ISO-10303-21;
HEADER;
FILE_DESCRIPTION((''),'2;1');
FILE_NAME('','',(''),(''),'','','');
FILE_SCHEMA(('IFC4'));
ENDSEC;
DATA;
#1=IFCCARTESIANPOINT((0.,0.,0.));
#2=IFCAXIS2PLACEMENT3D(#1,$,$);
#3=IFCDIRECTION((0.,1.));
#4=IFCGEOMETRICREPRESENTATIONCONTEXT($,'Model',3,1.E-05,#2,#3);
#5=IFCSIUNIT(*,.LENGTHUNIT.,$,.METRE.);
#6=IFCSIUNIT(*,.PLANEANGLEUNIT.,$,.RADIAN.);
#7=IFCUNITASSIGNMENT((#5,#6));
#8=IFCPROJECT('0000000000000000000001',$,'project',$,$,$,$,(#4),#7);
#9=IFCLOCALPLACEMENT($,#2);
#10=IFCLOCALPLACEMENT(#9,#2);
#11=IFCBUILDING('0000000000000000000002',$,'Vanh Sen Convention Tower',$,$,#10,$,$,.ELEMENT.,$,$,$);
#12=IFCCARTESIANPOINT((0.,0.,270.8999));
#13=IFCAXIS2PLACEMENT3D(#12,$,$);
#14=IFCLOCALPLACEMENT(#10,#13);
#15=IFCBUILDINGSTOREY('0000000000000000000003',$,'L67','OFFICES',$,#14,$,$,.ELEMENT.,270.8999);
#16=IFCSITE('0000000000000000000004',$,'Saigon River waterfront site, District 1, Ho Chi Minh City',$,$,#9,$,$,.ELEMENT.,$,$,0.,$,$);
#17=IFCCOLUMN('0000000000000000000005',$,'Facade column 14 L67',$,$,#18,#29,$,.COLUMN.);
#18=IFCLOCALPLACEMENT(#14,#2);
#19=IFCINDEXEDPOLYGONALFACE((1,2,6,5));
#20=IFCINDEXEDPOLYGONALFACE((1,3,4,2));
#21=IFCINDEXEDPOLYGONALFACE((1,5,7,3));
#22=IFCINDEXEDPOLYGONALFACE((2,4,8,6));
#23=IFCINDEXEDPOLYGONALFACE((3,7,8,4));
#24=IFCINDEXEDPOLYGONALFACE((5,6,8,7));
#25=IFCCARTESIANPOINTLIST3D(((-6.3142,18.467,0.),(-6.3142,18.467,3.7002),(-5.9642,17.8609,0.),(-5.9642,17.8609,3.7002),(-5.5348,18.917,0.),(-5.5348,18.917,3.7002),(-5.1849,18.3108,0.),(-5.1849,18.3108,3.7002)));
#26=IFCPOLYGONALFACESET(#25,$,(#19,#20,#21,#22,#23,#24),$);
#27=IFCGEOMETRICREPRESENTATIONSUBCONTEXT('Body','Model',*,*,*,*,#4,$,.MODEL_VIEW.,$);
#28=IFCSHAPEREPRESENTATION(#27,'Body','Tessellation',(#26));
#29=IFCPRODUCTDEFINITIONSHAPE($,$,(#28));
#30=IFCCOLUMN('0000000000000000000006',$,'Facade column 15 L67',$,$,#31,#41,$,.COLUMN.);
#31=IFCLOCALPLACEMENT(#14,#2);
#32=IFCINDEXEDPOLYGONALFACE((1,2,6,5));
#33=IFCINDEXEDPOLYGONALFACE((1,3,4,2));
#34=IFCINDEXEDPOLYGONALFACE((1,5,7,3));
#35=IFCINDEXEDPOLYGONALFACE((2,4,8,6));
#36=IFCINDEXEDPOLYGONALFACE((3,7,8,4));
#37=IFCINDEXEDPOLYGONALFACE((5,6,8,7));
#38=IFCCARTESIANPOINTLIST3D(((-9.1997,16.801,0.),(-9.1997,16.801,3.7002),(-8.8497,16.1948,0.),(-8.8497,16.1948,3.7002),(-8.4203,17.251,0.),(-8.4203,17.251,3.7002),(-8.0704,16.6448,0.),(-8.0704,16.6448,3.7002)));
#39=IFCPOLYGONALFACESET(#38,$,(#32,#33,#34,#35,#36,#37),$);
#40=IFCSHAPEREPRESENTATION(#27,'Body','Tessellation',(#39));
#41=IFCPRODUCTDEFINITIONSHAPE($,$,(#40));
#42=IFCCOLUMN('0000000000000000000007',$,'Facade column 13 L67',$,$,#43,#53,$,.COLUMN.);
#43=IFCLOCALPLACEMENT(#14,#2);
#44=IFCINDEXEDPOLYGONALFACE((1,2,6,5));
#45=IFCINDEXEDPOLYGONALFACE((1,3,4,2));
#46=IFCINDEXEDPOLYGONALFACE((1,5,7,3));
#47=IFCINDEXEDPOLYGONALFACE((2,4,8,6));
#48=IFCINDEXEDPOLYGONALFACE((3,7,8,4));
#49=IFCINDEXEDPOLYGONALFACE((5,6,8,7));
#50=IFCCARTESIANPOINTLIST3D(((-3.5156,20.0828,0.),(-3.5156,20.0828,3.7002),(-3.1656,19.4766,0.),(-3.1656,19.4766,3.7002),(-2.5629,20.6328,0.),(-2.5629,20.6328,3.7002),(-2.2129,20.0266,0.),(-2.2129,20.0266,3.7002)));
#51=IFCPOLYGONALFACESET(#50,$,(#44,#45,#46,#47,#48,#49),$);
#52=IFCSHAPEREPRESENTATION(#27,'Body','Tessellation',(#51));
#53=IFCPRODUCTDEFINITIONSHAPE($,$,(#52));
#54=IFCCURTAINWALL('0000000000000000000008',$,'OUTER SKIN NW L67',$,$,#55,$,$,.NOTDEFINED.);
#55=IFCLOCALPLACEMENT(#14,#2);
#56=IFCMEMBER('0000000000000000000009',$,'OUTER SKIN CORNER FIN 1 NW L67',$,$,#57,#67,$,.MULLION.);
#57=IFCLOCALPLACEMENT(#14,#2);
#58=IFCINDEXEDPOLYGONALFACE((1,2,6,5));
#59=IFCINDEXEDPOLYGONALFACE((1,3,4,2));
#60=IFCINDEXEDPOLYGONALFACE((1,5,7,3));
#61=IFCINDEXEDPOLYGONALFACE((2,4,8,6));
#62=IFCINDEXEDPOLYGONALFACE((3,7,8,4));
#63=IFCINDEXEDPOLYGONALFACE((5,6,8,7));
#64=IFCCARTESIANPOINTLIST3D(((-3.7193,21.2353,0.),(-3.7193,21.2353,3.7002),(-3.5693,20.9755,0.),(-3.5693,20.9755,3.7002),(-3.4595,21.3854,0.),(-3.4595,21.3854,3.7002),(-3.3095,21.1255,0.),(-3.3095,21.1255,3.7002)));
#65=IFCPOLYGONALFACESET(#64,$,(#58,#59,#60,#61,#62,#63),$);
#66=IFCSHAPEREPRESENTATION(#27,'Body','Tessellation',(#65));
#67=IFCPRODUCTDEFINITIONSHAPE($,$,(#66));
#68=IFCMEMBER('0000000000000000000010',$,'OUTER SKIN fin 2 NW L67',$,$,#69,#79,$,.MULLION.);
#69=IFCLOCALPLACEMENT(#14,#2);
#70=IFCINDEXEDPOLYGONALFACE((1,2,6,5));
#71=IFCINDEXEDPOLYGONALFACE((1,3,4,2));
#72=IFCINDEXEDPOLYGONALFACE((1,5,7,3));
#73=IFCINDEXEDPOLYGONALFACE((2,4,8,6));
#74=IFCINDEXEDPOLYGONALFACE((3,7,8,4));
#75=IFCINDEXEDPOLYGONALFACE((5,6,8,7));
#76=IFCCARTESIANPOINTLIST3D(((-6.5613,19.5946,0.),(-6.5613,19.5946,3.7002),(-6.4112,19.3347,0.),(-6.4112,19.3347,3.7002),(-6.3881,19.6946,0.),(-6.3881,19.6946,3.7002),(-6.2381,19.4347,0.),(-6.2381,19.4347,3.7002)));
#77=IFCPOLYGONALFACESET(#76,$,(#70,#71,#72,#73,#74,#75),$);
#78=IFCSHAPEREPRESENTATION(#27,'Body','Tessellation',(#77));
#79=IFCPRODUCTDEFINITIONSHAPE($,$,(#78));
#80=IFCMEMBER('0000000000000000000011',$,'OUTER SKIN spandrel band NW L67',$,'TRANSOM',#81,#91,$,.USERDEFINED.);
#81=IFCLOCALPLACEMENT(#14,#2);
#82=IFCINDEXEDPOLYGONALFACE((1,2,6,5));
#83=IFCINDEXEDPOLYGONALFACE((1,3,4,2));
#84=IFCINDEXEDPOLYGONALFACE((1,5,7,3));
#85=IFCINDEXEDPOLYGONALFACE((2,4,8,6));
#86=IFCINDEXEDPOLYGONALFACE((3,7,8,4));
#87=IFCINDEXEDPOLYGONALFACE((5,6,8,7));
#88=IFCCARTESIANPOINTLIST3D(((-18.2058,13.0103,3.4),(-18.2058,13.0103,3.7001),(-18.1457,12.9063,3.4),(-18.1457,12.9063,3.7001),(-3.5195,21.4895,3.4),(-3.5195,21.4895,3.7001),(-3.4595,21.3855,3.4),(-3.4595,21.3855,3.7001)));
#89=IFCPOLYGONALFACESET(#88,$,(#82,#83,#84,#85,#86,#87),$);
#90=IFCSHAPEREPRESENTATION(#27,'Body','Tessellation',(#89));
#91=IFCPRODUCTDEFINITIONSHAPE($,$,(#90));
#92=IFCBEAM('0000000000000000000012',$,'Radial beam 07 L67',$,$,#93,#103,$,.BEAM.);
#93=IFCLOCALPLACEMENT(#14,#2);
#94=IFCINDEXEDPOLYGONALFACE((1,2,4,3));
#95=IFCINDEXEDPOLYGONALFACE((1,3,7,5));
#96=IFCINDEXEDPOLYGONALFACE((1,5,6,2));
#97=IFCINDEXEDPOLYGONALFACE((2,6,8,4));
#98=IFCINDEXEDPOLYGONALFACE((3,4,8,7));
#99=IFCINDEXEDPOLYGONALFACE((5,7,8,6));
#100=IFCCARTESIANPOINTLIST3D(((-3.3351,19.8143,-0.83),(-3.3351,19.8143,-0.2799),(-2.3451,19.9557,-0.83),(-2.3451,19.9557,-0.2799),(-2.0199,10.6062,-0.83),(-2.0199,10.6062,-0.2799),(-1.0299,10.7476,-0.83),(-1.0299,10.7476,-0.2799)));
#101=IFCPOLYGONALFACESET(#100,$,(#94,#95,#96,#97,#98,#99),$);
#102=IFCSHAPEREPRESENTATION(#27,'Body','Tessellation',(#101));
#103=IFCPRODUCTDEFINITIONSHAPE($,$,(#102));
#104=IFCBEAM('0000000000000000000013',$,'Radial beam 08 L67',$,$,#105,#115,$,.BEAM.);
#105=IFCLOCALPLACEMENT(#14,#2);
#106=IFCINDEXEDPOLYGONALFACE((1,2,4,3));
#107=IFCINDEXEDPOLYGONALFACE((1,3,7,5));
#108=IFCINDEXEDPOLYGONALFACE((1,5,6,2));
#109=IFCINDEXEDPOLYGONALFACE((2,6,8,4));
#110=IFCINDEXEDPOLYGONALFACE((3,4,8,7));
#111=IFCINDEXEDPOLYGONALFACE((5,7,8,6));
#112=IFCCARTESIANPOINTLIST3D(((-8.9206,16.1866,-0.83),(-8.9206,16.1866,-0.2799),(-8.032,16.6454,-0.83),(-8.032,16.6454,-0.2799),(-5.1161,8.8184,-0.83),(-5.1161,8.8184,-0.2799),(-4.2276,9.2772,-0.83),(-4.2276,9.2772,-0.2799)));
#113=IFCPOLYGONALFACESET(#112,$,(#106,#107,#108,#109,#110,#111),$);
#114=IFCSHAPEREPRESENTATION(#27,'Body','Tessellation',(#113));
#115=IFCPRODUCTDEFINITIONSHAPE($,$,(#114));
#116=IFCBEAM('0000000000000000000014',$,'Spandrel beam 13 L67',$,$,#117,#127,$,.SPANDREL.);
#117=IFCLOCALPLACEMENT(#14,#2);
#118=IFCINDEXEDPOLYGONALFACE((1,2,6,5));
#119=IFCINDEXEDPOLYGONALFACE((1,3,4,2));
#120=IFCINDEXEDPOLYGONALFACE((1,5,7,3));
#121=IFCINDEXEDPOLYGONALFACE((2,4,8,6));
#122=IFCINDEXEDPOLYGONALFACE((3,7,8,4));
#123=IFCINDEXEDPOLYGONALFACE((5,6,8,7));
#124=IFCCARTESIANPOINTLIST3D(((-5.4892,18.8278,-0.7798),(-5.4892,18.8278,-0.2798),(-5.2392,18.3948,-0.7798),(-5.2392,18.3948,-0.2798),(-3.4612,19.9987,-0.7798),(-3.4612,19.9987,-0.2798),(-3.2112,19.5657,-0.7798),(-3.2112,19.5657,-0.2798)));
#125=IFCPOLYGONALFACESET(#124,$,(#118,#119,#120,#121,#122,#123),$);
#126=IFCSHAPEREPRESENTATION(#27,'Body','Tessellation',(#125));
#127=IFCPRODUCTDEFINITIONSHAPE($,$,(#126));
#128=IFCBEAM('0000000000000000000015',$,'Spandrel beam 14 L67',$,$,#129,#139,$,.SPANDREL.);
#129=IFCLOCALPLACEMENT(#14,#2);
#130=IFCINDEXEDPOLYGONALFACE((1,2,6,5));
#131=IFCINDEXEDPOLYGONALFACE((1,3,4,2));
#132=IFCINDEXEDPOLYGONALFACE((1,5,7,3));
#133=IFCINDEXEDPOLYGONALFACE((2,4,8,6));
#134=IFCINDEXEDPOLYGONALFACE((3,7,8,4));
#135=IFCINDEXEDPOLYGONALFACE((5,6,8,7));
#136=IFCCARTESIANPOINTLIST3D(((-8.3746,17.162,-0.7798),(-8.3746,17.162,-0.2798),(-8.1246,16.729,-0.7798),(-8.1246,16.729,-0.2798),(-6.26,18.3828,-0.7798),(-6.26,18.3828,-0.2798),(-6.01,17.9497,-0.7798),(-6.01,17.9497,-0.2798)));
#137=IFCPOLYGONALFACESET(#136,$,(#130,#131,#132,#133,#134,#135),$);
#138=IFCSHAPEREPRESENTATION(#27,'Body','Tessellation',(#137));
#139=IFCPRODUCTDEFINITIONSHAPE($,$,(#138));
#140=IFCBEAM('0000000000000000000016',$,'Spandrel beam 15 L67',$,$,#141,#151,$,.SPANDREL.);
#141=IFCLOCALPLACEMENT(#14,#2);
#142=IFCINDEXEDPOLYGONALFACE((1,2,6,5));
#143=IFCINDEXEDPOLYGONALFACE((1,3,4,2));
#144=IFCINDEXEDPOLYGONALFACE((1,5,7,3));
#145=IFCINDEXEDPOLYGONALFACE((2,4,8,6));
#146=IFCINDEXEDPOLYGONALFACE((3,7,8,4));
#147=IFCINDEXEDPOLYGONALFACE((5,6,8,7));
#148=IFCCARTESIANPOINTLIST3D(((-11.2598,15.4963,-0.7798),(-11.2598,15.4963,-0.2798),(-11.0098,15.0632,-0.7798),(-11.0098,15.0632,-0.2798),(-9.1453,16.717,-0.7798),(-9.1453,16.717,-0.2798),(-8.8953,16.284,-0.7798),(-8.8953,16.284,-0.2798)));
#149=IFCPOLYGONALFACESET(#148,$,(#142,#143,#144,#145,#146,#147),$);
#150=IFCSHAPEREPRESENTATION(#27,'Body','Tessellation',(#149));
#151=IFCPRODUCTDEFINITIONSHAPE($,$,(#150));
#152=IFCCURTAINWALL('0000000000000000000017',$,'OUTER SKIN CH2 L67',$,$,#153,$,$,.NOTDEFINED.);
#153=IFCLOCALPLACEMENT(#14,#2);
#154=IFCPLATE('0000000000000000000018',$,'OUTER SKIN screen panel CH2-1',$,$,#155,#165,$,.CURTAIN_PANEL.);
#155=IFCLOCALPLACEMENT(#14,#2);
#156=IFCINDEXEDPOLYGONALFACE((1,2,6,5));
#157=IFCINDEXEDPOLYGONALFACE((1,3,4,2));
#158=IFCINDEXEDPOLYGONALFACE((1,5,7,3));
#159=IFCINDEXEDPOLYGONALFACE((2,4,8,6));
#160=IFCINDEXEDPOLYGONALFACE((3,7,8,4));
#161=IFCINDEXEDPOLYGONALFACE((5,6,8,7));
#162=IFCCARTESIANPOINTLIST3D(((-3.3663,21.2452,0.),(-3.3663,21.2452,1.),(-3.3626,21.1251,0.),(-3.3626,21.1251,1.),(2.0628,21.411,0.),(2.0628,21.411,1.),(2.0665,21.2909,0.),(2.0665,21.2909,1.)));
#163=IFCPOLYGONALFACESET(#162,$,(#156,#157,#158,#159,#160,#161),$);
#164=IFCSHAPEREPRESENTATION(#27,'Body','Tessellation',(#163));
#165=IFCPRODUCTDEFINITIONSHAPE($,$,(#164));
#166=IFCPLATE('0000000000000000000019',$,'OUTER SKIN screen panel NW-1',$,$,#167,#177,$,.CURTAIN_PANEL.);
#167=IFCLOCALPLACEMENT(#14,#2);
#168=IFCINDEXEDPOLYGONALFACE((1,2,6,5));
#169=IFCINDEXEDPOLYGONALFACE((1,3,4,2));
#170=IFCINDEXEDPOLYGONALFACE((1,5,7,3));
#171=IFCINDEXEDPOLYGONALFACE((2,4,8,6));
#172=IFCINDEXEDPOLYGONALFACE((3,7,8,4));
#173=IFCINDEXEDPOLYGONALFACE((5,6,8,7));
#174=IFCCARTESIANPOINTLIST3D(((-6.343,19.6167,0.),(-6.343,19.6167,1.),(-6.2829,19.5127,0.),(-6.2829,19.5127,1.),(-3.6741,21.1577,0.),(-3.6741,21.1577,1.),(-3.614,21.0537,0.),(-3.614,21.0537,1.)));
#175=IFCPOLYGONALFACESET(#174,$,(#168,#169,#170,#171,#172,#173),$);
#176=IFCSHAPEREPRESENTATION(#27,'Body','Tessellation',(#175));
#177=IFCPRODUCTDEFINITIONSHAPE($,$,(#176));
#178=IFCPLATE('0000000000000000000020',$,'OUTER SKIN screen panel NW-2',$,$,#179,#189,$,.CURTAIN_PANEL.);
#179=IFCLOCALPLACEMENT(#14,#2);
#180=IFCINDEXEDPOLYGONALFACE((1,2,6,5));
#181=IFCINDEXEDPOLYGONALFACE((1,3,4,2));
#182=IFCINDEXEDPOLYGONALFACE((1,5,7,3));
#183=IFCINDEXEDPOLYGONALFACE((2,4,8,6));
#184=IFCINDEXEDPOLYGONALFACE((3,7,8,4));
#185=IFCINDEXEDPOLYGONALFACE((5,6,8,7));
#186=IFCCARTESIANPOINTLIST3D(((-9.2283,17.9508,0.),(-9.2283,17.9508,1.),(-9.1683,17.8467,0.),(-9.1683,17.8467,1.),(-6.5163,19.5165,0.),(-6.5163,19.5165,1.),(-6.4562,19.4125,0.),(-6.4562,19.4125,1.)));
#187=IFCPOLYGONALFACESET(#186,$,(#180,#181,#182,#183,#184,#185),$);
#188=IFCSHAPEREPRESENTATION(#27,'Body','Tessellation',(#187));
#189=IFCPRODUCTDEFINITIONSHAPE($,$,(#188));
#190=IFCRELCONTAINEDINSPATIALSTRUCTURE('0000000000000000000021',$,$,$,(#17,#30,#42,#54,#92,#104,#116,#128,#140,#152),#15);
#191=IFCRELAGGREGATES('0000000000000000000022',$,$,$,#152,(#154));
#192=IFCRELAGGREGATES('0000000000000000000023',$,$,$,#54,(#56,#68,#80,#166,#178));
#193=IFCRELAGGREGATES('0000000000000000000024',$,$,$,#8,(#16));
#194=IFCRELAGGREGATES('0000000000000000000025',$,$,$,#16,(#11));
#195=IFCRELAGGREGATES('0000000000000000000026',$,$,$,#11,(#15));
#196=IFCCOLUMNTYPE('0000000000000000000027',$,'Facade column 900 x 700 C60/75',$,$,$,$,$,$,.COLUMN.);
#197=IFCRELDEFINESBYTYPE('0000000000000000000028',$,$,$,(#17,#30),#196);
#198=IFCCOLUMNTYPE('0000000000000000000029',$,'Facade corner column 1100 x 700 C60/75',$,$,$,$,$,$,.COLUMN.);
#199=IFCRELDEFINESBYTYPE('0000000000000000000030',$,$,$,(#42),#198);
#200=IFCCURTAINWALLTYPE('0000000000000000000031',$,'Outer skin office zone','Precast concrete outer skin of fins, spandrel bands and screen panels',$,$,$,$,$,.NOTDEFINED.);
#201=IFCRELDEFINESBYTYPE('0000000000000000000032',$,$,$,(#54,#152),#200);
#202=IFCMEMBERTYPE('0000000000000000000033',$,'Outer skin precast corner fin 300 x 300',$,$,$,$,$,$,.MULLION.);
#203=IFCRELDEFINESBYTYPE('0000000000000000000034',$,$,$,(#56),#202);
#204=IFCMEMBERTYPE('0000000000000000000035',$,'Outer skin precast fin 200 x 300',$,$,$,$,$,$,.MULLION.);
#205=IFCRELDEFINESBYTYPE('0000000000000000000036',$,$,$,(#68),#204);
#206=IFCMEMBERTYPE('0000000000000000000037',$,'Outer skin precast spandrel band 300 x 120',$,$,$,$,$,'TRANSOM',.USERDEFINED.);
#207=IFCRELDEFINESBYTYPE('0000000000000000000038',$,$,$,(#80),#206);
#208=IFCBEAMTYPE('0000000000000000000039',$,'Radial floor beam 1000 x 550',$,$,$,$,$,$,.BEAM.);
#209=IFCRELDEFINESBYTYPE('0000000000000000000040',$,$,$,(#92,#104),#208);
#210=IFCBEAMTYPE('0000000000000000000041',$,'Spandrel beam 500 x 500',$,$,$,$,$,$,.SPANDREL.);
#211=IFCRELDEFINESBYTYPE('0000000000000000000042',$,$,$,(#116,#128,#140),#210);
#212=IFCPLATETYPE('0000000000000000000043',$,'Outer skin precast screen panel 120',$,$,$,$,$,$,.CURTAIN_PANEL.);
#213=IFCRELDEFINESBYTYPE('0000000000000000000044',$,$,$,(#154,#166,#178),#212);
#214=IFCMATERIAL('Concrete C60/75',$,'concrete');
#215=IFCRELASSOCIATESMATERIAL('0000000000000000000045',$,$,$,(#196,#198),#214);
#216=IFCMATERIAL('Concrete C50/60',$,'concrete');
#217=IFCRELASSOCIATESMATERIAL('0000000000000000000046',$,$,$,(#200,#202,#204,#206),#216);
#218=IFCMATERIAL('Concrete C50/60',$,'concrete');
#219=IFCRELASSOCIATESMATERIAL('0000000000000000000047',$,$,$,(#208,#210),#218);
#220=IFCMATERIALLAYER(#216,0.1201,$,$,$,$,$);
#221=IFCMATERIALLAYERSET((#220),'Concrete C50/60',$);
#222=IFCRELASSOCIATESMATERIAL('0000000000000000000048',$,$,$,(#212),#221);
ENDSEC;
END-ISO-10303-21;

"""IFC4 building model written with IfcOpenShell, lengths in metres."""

from ifc_helpers import new_model, si_unit, direction, frame, origin, origin_2d, place, context, subcontext, project, spatial, rectangle, extrude, material, layer, layer_set, material_profile, profile_set, type_object, element, aggregate, save


model = new_model("IFC4")

# Units and contexts
model_context = context("Model", 3, precision=1e-05, world=origin(), true_north=direction((0.0, 1.0)))
body_context = subcontext(model_context, "Body", "Model", "MODEL_VIEW")
ifc_project = project(units=[si_unit("LENGTHUNIT", "METRE"), si_unit("PLANEANGLEUNIT", "RADIAN")], contexts=[model_context])

# Site, building, storey
site_placement = place(None, origin())
site = spatial("IfcSite", under=ifc_project, at=site_placement, Name="Saigon River waterfront site, District 1, Ho Chi Minh City", CompositionType="ELEMENT", RefElevation=0.0)
building_placement = place(site_placement, origin())
building = spatial("IfcBuilding", under=site, at=building_placement, Name="Vanh Sen Convention Tower", CompositionType="ELEMENT")
storey_placement = place(building_placement, frame((0.0, 0.0, 270.8999)))
storey = spatial("IfcBuildingStorey", under=building, at=storey_placement, Name="L67", Description="OFFICES", CompositionType="ELEMENT", Elevation=270.8999)

# Columns
ifc_material_1 = material(Name="Concrete C60/75", Category="concrete")
ifc_material_profile_1 = material_profile(ifc_material_1, rectangle(XDim=0.8999, YDim=0.7, at=origin_2d()), Name="RC 900X700")
ifc_profile_set_1 = profile_set([ifc_material_profile_1], Name="Concrete C60/75")
column_type_1 = type_object("IfcColumnType", Name="Facade column 900 x 700 C60/75", PredefinedType="COLUMN", material=ifc_profile_set_1)
for number, where, z_axis, x_axis, name in (
    (1, (-5.7495, 18.3889, 0.0), (0.0, 0.0, 1.0), (-0.866025, -0.5, 0.0), "Facade column 14 L67"),
    (2, (-8.635, 16.7229, 0.0), (0.0, 0.0, 1.0), (-0.866025, -0.5, 0.0), "Facade column 15 L67"),
):
    element("IfcColumn", number, at=place(storey_placement, frame(where, z_axis=z_axis, x_axis=x_axis)), inside=storey, type_object=column_type_1, Name=name, PredefinedType="COLUMN", context=body_context, shape_type="SweptSolid", body=[
        extrude(rectangle(XDim=0.8999, YDim=0.7, at=origin_2d()), origin(), (0.0, 0.0, 1.0), 3.7002),
    ])
ifc_material_profile_2 = material_profile(ifc_material_1, rectangle(XDim=1.1001, YDim=0.7, at=origin_2d()), Name="RC 1100X700")
ifc_profile_set_2 = profile_set([ifc_material_profile_2], Name="Concrete C60/75")
column_type_2 = type_object("IfcColumnType", Name="Facade corner column 1100 x 700 C60/75", PredefinedType="COLUMN", material=ifc_profile_set_2)
column_placement = place(storey_placement, frame((-2.8643, 20.0547, 0.0), z_axis=(0.0, 0.0, 1.0), x_axis=(-0.866025, -0.5, 0.0)))
element("IfcColumn", 3, at=column_placement, inside=storey, type_object=column_type_2, Name="Facade column 13 L67", PredefinedType="COLUMN", context=body_context, shape_type="SweptSolid", body=[
    extrude(rectangle(XDim=1.1001, YDim=0.7, at=origin_2d()), origin(), (0.0, 0.0, 1.0), 3.7002),
])

# Curtain wall, members
ifc_material_2 = material(Name="Concrete C50/60", Category="concrete")
curtain_wall_type = type_object("IfcCurtainWallType", Name="Outer skin office zone", Description="Precast concrete outer skin of fins, spandrel bands and screen panels", PredefinedType="NOTDEFINED", material=ifc_material_2)
curtain_wall_1_placement = place(storey_placement, origin())
curtain_wall_1 = element("IfcCurtainWall", 4, at=curtain_wall_1_placement, inside=storey, type_object=curtain_wall_type, Name="OUTER SKIN NW L67", PredefinedType="NOTDEFINED")
ifc_material_profile_3 = material_profile(ifc_material_2, rectangle(XDim=0.3, YDim=0.3, at=origin_2d()), Name="Outer skin precast corner fin 300 x 300")
ifc_profile_set_3 = profile_set([ifc_material_profile_3], Name="Concrete C50/60")
member_type_1 = type_object("IfcMemberType", Name="Outer skin precast corner fin 300 x 300", PredefinedType="MULLION", material=ifc_profile_set_3)
member_1_placement = place(storey_placement, frame((-3.5144, 21.1804, 0.0), z_axis=(0.0, 0.0, 1.0), x_axis=(-0.866025, -0.5, 0.0)))
member_1 = element("IfcMember", 5, at=member_1_placement, type_object=member_type_1, Name="OUTER SKIN CORNER FIN 1 NW L67", PredefinedType="MULLION", context=body_context, shape_type="SweptSolid", body=[
    extrude(rectangle(XDim=0.3, YDim=0.3, at=origin_2d()), origin(), (0.0, 0.0, 1.0), 3.7002),
])
ifc_material_profile_4 = material_profile(ifc_material_2, rectangle(XDim=0.2, YDim=0.3, at=origin_2d()), Name="Outer skin precast fin 200 x 300")
ifc_profile_set_4 = profile_set([ifc_material_profile_4], Name="Concrete C50/60")
member_type_2 = type_object("IfcMemberType", Name="Outer skin precast fin 200 x 300", PredefinedType="MULLION", material=ifc_profile_set_4)
member_2_placement = place(storey_placement, frame((-6.3997, 19.5146, 0.0), z_axis=(0.0, 0.0, 1.0), x_axis=(-0.866025, -0.5, 0.0)))
member_2 = element("IfcMember", 6, at=member_2_placement, type_object=member_type_2, Name="OUTER SKIN fin 2 NW L67", PredefinedType="MULLION", context=body_context, shape_type="SweptSolid", body=[
    extrude(rectangle(XDim=0.2, YDim=0.3, at=origin_2d()), origin(), (0.0, 0.0, 1.0), 3.7002),
])
ifc_material_profile_5 = material_profile(ifc_material_2, rectangle(XDim=0.1201, YDim=0.3, at=origin_2d()), Name="Outer skin precast spandrel band 300 x 120")
ifc_profile_set_5 = profile_set([ifc_material_profile_5], Name="Concrete C50/60")
member_type_3 = type_object("IfcMemberType", Name="Outer skin precast spandrel band 300 x 120", ElementType="TRANSOM", PredefinedType="USERDEFINED", material=ifc_profile_set_5)
member_3_placement = place(storey_placement, frame((-3.4895, 21.4375, 3.55), z_axis=(-0.866022, -0.500005, 0.0), x_axis=(0.500005, -0.866022, 0.0)))
member_3 = element("IfcMember", 7, at=member_3_placement, type_object=member_type_3, Name="OUTER SKIN spandrel band NW L67", ObjectType="TRANSOM", PredefinedType="USERDEFINED", context=body_context, shape_type="SweptSolid", body=[
    extrude(rectangle(XDim=0.1201, YDim=0.3, at=origin_2d()), origin(), (0.0, 0.0, 1.0), 16.9583),
])

# Beams
ifc_material_3 = material(Name="Concrete C50/60", Category="concrete")
ifc_material_profile_6 = material_profile(ifc_material_3, rectangle(XDim=1.0, YDim=0.55, at=origin_2d()), Name="RC 1000X550")
ifc_profile_set_6 = profile_set([ifc_material_profile_6], Name="Concrete C50/60")
beam_type_1 = type_object("IfcBeamType", Name="Radial floor beam 1000 x 550", PredefinedType="BEAM", material=ifc_profile_set_6)
beam_1_placement = place(storey_placement, frame((-2.8401, 19.885, -0.5549), z_axis=(0.141396, -0.989953, 0.0), x_axis=(0.989953, 0.141396, 0.0)))
element("IfcBeam", 8, at=beam_1_placement, inside=storey, type_object=beam_type_1, Name="Radial beam 07 L67", PredefinedType="BEAM", context=body_context, shape_type="SweptSolid", body=[
    extrude(rectangle(XDim=1.0, YDim=0.55, at=origin_2d()), origin(), (0.0, 0.0, 1.0), 9.3015),
])
beam_2_placement = place(storey_placement, frame((-8.4763, 16.416, -0.5549), z_axis=(0.458788, -0.888546, 0.0), x_axis=(0.888546, 0.458788, 0.0)))
element("IfcBeam", 9, at=beam_2_placement, inside=storey, type_object=beam_type_1, Name="Radial beam 08 L67", PredefinedType="BEAM", context=body_context, shape_type="SweptSolid", body=[
    extrude(rectangle(XDim=1.0, YDim=0.55, at=origin_2d()), origin(), (0.0, 0.0, 1.0), 8.2925),
])
ifc_material_profile_7 = material_profile(ifc_material_3, rectangle(XDim=0.5, YDim=0.5, at=origin_2d()), Name="RC 500X500")
ifc_profile_set_7 = profile_set([ifc_material_profile_7], Name="Concrete C50/60")
beam_type_2 = type_object("IfcBeamType", Name="Spandrel beam 500 x 500", PredefinedType="SPANDREL", material=ifc_profile_set_7)
beam_3_placement = place(storey_placement, frame((-3.3362, 19.7822, -0.5298), z_axis=(-0.866028, -0.499996, 0.0), x_axis=(0.499996, -0.866028, 0.0)))
element("IfcBeam", 10, at=beam_3_placement, inside=storey, type_object=beam_type_2, Name="Spandrel beam 13 L67", PredefinedType="SPANDREL", context=body_context, shape_type="SweptSolid", body=[
    extrude(rectangle(XDim=0.5, YDim=0.5, at=origin_2d()), origin(), (0.0, 0.0, 1.0), 2.3418),
])
for number, where, z_axis, x_axis, name in (
    (11, (-6.135, 18.1663, -0.5298), (-0.866044, -0.499968, 0.0), (0.499968, -0.866044, 0.0), "Spandrel beam 14 L67"),
    (12, (-9.0203, 16.5005, -0.5298), (-0.866044, -0.499968, 0.0), (0.499968, -0.866044, 0.0), "Spandrel beam 15 L67"),
):
    element("IfcBeam", number, at=place(storey_placement, frame(where, z_axis=z_axis, x_axis=x_axis)), inside=storey, type_object=beam_type_2, Name=name, PredefinedType="SPANDREL", context=body_context, shape_type="SweptSolid", body=[
        extrude(rectangle(XDim=0.5, YDim=0.5, at=origin_2d()), origin(), (0.0, 0.0, 1.0), 2.4417),
    ])

# Curtain wall, plate
curtain_wall_2_placement = place(storey_placement, origin())
curtain_wall_2 = element("IfcCurtainWall", 13, at=curtain_wall_2_placement, inside=storey, type_object=curtain_wall_type, Name="OUTER SKIN CH2 L67", PredefinedType="NOTDEFINED")
ifc_layer_1 = layer(ifc_material_2, 0.1201)
ifc_layer_set_1 = layer_set([ifc_layer_1], Name="Concrete C50/60")
plate_type = type_object("IfcPlateType", Name="Outer skin precast screen panel 120", PredefinedType="CURTAIN_PANEL", material=ifc_layer_set_1)
plate_1_placement = place(storey_placement, frame((-0.6499, 21.2681, 0.0), z_axis=(0.0, 0.0, 1.0), x_axis=(-0.999534, -0.030528, 0.0)))
plate_1 = element("IfcPlate", 14, at=plate_1_placement, type_object=plate_type, Name="OUTER SKIN screen panel CH2-1", PredefinedType="CURTAIN_PANEL", context=body_context, shape_type="SweptSolid", body=[
    extrude(rectangle(XDim=5.4316, YDim=0.1201, at=origin_2d()), origin(), (0.0, 0.0, 1.0), 1.0),
])
aggregate(curtain_wall_2, [plate_1])

# Plates
plate_2_placement = place(storey_placement, frame((-4.9785, 20.3352, 0.0), z_axis=(0.0, 0.0, 1.0), x_axis=(-0.866016, -0.500017, 0.0)))
plate_2 = element("IfcPlate", 15, at=plate_2_placement, type_object=plate_type, Name="OUTER SKIN screen panel NW-1", PredefinedType="CURTAIN_PANEL", context=body_context, shape_type="SweptSolid", body=[
    extrude(rectangle(XDim=3.0818, YDim=0.1201, at=origin_2d()), origin(), (0.0, 0.0, 1.0), 1.0),
])
plate_3_placement = place(storey_placement, frame((-7.8423, 18.6816, 0.0), z_axis=(0.0, 0.0, 1.0), x_axis=(-0.866029, -0.499994, 0.0)))
plate_3 = element("IfcPlate", 16, at=plate_3_placement, type_object=plate_type, Name="OUTER SKIN screen panel NW-2", PredefinedType="CURTAIN_PANEL", context=body_context, shape_type="SweptSolid", body=[
    extrude(rectangle(XDim=3.1316, YDim=0.1201, at=origin_2d()), origin(), (0.0, 0.0, 1.0), 1.0),
])
aggregate(curtain_wall_1, [member_1, member_2, member_3, plate_2, plate_3])

save(model, "model.ifc")
